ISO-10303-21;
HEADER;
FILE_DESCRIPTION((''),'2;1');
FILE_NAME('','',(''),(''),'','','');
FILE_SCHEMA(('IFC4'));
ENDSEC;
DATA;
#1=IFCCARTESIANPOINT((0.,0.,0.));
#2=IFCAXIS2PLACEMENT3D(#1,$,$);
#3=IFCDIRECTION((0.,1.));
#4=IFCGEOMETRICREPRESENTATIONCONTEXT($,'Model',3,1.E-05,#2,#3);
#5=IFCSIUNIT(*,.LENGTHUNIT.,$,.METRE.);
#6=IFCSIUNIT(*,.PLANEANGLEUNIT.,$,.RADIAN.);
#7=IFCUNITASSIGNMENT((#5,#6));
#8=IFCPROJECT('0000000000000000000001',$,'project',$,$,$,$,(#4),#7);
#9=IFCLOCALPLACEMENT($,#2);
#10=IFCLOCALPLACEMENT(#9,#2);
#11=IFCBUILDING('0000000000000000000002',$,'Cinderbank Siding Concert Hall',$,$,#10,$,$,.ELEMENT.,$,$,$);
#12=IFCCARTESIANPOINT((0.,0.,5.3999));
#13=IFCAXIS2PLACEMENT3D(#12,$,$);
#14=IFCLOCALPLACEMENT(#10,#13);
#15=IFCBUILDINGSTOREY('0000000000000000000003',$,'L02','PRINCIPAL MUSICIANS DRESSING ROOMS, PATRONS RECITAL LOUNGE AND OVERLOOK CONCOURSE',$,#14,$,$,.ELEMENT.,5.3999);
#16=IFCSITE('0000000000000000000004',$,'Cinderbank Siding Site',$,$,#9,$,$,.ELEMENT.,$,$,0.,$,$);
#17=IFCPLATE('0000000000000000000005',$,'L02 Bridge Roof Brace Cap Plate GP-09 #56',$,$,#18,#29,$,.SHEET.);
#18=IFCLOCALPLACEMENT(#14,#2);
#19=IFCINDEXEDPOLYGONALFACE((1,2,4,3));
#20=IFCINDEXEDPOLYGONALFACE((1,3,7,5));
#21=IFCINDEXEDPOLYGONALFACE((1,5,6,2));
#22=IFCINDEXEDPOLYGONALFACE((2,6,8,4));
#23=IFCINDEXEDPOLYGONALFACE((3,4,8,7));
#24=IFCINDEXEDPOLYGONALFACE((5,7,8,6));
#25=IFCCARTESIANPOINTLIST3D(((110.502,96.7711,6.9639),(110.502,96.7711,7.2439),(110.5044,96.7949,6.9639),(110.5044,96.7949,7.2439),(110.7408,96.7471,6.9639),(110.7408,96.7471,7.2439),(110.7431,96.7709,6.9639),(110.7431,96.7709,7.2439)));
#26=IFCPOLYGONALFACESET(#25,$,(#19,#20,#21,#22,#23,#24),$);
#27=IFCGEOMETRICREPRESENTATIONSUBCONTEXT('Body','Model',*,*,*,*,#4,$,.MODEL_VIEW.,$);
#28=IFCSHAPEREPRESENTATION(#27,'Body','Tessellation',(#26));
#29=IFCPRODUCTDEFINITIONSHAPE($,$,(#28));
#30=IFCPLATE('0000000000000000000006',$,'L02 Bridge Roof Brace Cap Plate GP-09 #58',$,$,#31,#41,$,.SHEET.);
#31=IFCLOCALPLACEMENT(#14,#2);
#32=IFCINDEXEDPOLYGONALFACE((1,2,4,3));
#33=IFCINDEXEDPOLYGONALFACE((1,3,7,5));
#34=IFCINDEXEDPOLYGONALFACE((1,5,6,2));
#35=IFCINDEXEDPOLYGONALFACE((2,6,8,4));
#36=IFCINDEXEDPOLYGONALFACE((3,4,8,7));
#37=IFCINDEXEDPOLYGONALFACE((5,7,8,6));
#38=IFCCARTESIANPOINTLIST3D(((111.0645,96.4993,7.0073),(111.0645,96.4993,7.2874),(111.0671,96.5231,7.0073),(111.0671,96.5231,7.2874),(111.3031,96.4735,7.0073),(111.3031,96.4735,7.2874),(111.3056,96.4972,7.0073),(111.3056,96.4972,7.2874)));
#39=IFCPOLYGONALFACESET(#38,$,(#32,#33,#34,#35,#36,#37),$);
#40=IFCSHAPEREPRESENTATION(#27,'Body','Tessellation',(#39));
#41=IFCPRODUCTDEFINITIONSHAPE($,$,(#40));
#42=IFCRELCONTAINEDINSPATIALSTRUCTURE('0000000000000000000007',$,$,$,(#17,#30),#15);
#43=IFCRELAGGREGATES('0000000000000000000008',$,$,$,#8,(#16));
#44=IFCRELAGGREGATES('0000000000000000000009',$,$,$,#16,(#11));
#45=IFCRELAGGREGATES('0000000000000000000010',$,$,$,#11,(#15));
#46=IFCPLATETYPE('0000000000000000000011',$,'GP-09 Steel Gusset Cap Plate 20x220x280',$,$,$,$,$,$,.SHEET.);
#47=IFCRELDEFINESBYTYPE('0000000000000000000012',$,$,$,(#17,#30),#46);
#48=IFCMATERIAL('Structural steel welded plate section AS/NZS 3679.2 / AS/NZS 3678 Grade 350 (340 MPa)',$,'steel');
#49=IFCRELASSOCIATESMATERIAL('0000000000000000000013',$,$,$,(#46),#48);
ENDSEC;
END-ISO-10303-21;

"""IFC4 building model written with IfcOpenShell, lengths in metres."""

from ifc_helpers import new_model, si_unit, direction, frame, origin, origin_2d, place, context, subcontext, project, spatial, rectangle, extrude, material, type_object, element, save


model = new_model("IFC4")

# Units and contexts
model_context = context("Model", 3, precision=1e-05, world=origin(), true_north=direction((0.0, 1.0)))
body_context = subcontext(model_context, "Body", "Model", "MODEL_VIEW")
ifc_project = project(units=[si_unit("LENGTHUNIT", "METRE"), si_unit("PLANEANGLEUNIT", "RADIAN")], contexts=[model_context])

# Site, building, storey
site_placement = place(None, origin())
site = spatial("IfcSite", under=ifc_project, at=site_placement, Name="Cinderbank Siding Site", CompositionType="ELEMENT", RefElevation=0.0)
building_placement = place(site_placement, origin())
building = spatial("IfcBuilding", under=site, at=building_placement, Name="Cinderbank Siding Concert Hall", CompositionType="ELEMENT")
storey_placement = place(building_placement, frame((0.0, 0.0, 5.3999)))
storey = spatial("IfcBuildingStorey", under=building, at=storey_placement, Name="L02", Description="PRINCIPAL MUSICIANS DRESSING ROOMS, PATRONS RECITAL LOUNGE AND OVERLOOK CONCOURSE", CompositionType="ELEMENT", Elevation=5.3999)

# Plates
ifc_material_1 = material(Name="Structural steel welded plate section AS/NZS 3679.2 / AS/NZS 3678 Grade 350 (340 MPa)", Category="steel")
plate_type_1 = type_object("IfcPlateType", Name="GP-09 Steel Gusset Cap Plate 20x220x280", PredefinedType="SHEET", material=ifc_material_1)
for number, where, z_axis, x_axis, name in (
    (1, (110.6226, 96.771, 6.9639), (0.0, 0.0, 1.0), (-0.099841, -0.995003, 0.0), "L02 Bridge Roof Brace Cap Plate GP-09 #56"),
    (2, (111.1851, 96.4983, 7.0073), (0.0, 0.0, 1.0), (-0.107826, -0.99417, 0.0), "L02 Bridge Roof Brace Cap Plate GP-09 #58"),
):
    element("IfcPlate", number, at=place(storey_placement, frame(where, z_axis=z_axis, x_axis=x_axis)), inside=storey, type_object=plate_type_1, Name=name, PredefinedType="SHEET", context=body_context, shape_type="SweptSolid", body=[
        extrude(rectangle(XDim=0.0239, YDim=0.24, at=origin_2d()), origin(), (0.0, 0.0, 1.0), 0.28),
    ])

save(model, "model.ifc")
